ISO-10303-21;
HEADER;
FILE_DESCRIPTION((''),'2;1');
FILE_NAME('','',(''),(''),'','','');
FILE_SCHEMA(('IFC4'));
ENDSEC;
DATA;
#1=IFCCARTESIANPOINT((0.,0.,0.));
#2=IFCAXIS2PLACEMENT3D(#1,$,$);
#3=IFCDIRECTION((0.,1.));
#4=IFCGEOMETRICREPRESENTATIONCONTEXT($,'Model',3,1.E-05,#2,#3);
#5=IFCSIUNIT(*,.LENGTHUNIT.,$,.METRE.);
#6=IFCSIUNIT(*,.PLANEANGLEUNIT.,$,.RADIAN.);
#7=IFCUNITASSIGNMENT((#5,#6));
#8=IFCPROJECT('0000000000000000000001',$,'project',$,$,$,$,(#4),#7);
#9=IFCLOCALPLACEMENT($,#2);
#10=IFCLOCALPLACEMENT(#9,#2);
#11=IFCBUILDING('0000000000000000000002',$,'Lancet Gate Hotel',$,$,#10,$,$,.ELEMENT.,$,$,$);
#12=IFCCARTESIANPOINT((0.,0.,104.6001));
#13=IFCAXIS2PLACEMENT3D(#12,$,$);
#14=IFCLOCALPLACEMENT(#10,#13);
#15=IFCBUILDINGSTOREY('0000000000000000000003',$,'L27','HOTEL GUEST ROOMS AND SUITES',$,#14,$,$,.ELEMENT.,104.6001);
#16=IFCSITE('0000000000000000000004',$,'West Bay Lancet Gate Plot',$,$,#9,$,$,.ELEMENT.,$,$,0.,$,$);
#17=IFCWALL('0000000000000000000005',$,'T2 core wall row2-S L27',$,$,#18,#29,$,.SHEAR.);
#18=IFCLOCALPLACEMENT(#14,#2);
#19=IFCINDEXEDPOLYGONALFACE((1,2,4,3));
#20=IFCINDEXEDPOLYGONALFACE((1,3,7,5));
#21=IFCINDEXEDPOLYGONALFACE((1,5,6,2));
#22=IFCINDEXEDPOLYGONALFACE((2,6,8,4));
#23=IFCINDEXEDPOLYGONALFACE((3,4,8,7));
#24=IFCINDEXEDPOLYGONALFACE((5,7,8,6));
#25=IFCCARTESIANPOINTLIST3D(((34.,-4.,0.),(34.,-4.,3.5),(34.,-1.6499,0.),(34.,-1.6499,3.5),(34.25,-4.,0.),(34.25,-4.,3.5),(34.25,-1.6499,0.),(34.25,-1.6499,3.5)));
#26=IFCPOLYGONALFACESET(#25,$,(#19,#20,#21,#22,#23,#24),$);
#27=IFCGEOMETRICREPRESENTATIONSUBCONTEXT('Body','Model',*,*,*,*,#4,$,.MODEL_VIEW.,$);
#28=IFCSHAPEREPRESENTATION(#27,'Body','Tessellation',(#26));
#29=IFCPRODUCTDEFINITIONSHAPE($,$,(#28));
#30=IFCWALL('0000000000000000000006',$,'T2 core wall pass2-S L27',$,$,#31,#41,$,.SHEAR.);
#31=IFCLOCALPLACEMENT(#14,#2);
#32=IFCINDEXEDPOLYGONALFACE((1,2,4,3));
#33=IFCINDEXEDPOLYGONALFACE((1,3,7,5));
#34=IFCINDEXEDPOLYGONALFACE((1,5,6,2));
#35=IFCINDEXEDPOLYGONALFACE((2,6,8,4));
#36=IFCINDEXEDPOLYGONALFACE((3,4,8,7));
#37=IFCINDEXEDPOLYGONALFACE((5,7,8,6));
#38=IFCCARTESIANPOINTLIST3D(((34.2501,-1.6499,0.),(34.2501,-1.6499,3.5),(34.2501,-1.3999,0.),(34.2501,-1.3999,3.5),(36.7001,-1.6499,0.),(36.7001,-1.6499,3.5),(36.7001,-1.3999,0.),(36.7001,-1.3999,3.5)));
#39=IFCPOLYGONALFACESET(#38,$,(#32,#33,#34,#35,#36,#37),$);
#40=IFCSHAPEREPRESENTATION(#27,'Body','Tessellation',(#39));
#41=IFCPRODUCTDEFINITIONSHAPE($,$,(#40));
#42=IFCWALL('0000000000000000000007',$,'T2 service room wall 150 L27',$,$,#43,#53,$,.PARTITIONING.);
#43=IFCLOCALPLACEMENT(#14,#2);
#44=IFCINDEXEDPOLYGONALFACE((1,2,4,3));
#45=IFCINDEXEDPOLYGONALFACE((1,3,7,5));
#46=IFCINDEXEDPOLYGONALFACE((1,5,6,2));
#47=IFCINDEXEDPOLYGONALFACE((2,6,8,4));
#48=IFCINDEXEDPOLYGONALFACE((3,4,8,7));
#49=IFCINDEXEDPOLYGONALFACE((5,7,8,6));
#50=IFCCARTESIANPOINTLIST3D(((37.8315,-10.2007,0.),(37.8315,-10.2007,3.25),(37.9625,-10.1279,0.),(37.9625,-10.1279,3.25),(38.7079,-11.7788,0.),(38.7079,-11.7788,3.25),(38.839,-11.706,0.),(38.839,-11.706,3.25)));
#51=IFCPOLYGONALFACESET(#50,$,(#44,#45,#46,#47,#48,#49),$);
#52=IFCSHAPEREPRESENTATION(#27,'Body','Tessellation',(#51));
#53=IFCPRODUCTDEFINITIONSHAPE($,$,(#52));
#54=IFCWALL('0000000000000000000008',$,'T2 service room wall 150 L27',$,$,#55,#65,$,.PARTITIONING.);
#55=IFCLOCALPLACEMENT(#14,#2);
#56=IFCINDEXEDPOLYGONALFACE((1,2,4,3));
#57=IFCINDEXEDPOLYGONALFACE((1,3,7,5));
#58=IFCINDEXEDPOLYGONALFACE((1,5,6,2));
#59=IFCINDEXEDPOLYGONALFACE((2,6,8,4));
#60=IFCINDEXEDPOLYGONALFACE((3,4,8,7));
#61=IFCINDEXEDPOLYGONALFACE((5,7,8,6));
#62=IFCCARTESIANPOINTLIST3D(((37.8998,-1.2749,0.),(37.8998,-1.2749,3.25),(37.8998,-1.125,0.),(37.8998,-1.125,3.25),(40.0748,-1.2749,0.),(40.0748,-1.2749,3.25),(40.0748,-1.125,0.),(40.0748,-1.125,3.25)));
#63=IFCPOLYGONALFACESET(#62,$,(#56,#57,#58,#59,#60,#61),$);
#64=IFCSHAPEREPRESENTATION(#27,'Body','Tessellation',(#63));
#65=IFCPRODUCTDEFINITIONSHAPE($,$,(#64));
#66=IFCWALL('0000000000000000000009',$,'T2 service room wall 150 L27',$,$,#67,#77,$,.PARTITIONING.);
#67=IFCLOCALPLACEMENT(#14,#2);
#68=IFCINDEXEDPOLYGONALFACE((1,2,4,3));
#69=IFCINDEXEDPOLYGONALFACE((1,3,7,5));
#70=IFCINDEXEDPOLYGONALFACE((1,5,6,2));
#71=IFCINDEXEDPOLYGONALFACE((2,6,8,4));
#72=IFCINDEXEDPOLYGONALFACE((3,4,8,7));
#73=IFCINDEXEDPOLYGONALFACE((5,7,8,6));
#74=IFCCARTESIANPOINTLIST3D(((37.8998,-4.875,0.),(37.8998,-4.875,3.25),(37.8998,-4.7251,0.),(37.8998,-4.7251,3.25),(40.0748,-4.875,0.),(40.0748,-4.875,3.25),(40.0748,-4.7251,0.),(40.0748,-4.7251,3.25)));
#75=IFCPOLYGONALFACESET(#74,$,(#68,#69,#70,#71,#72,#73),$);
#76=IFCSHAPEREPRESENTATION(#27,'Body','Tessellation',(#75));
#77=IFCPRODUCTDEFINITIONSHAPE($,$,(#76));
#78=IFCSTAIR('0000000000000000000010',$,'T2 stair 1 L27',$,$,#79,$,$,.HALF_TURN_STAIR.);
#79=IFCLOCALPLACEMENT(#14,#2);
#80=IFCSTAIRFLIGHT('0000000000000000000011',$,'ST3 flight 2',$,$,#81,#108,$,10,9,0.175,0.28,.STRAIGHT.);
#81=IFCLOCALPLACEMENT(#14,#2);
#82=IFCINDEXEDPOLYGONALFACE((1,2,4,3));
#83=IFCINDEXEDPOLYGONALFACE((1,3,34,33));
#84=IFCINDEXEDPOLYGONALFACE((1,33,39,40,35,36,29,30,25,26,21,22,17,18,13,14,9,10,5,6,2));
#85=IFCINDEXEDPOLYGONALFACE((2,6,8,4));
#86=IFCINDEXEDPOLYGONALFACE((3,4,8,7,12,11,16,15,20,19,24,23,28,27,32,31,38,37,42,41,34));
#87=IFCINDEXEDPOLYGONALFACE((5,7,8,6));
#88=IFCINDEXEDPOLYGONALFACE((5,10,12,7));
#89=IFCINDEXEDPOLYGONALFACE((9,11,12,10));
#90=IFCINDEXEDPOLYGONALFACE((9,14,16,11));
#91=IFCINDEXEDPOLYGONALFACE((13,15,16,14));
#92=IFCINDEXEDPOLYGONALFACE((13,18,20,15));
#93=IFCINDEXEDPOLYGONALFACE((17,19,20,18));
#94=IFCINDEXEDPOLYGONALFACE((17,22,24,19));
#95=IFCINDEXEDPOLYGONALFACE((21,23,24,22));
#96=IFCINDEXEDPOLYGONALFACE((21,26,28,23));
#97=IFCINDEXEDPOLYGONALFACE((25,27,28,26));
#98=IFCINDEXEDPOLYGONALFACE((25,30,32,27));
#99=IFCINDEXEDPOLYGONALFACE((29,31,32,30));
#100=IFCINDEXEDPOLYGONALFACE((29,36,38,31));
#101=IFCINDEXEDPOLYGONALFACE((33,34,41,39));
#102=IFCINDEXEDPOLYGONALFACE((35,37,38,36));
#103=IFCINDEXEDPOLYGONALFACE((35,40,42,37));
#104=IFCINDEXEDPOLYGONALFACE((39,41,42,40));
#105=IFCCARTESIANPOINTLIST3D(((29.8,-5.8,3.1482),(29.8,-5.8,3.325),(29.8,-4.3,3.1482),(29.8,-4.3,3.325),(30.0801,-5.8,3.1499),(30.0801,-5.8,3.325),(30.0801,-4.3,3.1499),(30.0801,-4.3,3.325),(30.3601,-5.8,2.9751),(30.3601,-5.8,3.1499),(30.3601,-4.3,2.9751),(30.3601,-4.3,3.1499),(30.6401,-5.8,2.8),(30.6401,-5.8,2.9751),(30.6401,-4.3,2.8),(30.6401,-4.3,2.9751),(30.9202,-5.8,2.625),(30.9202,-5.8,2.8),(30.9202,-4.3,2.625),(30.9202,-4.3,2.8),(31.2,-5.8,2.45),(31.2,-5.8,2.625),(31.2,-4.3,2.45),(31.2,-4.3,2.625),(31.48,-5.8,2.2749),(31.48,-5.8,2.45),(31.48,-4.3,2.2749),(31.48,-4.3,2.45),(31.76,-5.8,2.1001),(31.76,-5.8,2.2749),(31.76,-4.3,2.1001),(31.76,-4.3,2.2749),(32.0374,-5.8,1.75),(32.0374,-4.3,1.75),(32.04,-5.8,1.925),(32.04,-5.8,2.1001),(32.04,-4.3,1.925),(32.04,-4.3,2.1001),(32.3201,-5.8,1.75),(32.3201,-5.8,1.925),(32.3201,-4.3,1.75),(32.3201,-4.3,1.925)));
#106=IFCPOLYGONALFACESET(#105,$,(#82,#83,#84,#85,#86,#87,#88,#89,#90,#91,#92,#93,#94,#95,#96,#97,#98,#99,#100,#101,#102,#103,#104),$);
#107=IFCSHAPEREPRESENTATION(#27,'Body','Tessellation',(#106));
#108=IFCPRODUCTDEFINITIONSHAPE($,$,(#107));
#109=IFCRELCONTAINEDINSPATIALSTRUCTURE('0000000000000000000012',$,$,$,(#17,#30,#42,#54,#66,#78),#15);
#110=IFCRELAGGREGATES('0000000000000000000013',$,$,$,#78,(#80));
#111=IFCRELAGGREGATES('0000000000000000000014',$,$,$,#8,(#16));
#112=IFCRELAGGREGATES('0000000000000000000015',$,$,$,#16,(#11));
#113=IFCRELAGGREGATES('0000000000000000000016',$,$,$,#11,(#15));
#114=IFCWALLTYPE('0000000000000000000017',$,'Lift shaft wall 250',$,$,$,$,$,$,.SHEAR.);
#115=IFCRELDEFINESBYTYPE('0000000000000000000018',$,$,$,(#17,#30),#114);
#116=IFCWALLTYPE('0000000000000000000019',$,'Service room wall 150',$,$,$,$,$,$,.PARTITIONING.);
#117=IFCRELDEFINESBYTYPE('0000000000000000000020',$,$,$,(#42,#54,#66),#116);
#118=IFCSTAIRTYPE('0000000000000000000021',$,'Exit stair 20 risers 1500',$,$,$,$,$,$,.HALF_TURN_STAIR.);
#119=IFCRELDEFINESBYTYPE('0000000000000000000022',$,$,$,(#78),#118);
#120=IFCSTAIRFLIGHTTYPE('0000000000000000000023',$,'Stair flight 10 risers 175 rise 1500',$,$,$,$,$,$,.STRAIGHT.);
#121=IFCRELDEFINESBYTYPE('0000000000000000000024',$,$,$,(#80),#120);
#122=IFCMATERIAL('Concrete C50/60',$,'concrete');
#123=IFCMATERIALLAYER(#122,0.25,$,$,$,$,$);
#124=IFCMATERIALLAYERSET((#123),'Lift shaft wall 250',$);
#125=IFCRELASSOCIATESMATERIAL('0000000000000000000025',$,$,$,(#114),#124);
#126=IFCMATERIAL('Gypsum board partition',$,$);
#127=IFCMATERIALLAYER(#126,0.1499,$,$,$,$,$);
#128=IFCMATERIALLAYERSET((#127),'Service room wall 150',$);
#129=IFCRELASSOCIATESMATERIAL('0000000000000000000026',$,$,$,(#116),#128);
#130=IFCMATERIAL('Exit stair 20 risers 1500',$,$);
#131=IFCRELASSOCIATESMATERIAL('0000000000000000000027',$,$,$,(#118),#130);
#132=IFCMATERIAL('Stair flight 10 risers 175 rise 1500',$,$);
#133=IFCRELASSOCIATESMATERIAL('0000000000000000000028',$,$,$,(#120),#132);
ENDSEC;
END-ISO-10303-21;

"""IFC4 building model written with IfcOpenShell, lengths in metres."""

from ifc_helpers import new_model, si_unit, direction, frame, frame_2d, origin, place, context, subcontext, project, spatial, polyline, rectangle, outline, extrude, material, layer, layer_set, type_object, element, aggregate, save


model = new_model("IFC4")

# Units and contexts
model_context = context("Model", 3, precision=1e-05, world=origin(), true_north=direction((0.0, 1.0)))
body_context = subcontext(model_context, "Body", "Model", "MODEL_VIEW")
ifc_project = project(units=[si_unit("LENGTHUNIT", "METRE"), si_unit("PLANEANGLEUNIT", "RADIAN")], contexts=[model_context])

# Site, building, storey
site_placement = place(None, origin())
site = spatial("IfcSite", under=ifc_project, at=site_placement, Name="West Bay Lancet Gate Plot", CompositionType="ELEMENT", RefElevation=0.0)
building_placement = place(site_placement, origin())
building = spatial("IfcBuilding", under=site, at=building_placement, Name="Lancet Gate Hotel", CompositionType="ELEMENT")
storey_placement = place(building_placement, frame((0.0, 0.0, 104.6001)))
storey = spatial("IfcBuildingStorey", under=building, at=storey_placement, Name="L27", Description="HOTEL GUEST ROOMS AND SUITES", CompositionType="ELEMENT", Elevation=104.6001)

# Shared definitions
ifc_material_1 = material(Name="Concrete C50/60", Category="concrete")
ifc_layer_1 = layer(ifc_material_1, 0.25)
ifc_layer_set_1 = layer_set([ifc_layer_1], Name="Lift shaft wall 250")
wall_type_1 = type_object("IfcWallType", Name="Lift shaft wall 250", PredefinedType="SHEAR", material=ifc_layer_set_1)

# Walls
wall_1_placement = place(storey_placement, frame((34.125, -4.0, 0.0), z_axis=(0.0, 0.0, 1.0), x_axis=(0.0, 1.0, 0.0)))
element("IfcWall", 1, at=wall_1_placement, inside=storey, type_object=wall_type_1, Name="T2 core wall row2-S L27", PredefinedType="SHEAR", context=body_context, shape_type="SweptSolid", body=[
    extrude(rectangle(XDim=2.3501, YDim=0.25, at=frame_2d((1.175, 0.0))), origin(), (0.0, 0.0, 1.0), 3.5),
])
wall_2_placement = place(storey_placement, frame((34.25, -1.5249, 0.0), z_axis=(0.0, 0.0, 1.0), x_axis=(1.0, 0.0, 0.0)))
element("IfcWall", 2, at=wall_2_placement, inside=storey, type_object=wall_type_1, Name="T2 core wall pass2-S L27", PredefinedType="SHEAR", context=body_context, shape_type="SweptSolid", body=[
    extrude(rectangle(XDim=2.45, YDim=0.25, at=frame_2d((1.2251, 0.0))), origin(), (0.0, 0.0, 1.0), 3.5),
])
ifc_material_2 = material(Name="Gypsum board partition")
ifc_layer_2 = layer(ifc_material_2, 0.1499)
ifc_layer_set_2 = layer_set([ifc_layer_2], Name="Service room wall 150")
wall_type_2 = type_object("IfcWallType", Name="Service room wall 150", PredefinedType="PARTITIONING", material=ifc_layer_set_2)
wall_3_placement = place(storey_placement, frame((38.7734, -11.7424, 0.0), z_axis=(0.0, 0.0, 1.0), x_axis=(-0.485528, 0.874221, 0.0)))
element("IfcWall", 3, at=wall_3_placement, inside=storey, type_object=wall_type_2, Name="T2 service room wall 150 L27", PredefinedType="PARTITIONING", context=body_context, shape_type="SweptSolid", body=[
    extrude(rectangle(XDim=1.8052, YDim=0.1499, at=frame_2d((0.9026, 0.0))), origin(), (0.0, 0.0, 1.0), 3.25),
])
for number, where, z_axis, x_axis, name in (
    (4, (37.8999, -1.2, 0.0), (0.0, 0.0, 1.0), (1.0, 0.0, 0.0), "T2 service room wall 150 L27"),
    (5, (37.8999, -4.8, 0.0), (0.0, 0.0, 1.0), (1.0, 0.0, 0.0), "T2 service room wall 150 L27"),
):
    element("IfcWall", number, at=place(storey_placement, frame(where, z_axis=z_axis, x_axis=x_axis)), inside=storey, type_object=wall_type_2, Name=name, PredefinedType="PARTITIONING", context=body_context, shape_type="SweptSolid", body=[
        extrude(rectangle(XDim=2.175, YDim=0.1499, at=frame_2d((1.0874, 0.0))), origin(), (0.0, 0.0, 1.0), 3.25),
    ])

# Stair, stair flight
ifc_material_3 = material(Name="Exit stair 20 risers 1500")
stair_type = type_object("IfcStairType", Name="Exit stair 20 risers 1500", PredefinedType="HALF_TURN_STAIR", material=ifc_material_3)
stair_placement = place(storey_placement, origin())
stair = element("IfcStair", 6, at=stair_placement, inside=storey, type_object=stair_type, Name="T2 stair 1 L27", PredefinedType="HALF_TURN_STAIR")
ifc_material_4 = material(Name="Stair flight 10 risers 175 rise 1500")
stair_flight_type = type_object("IfcStairFlightType", Name="Stair flight 10 risers 175 rise 1500", PredefinedType="STRAIGHT", material=ifc_material_4)
stair_flight_placement = place(storey_placement, frame((32.3201, -5.05, 1.75), z_axis=(0.0, 0.0, 1.0), x_axis=(-1.0, 0.0, 0.0)))
stair_flight = element("IfcStairFlight", 7, at=stair_flight_placement, type_object=stair_flight_type, Name="ST3 flight 2", NumberOfRisers=10, NumberOfTreads=9, PredefinedType="STRAIGHT", RiserHeight=0.175, TreadLength=0.28, context=body_context, shape_type="SweptSolid", body=[
    extrude(outline(polyline([(0.0, 0.0), (0.0, 0.175), (0.28, 0.175), (0.28, 0.3501), (0.5601, 0.3501), (0.5601, 0.5249), (0.8401, 0.5249), (0.8401, 0.7), (1.1201, 0.7), (1.1201, 0.875), (1.3999, 0.875), (1.3999, 1.05), (1.6799, 1.05), (1.6799, 1.2251), (1.96, 1.2251), (1.96, 1.3999), (2.24, 1.3999), (2.24, 1.575), (2.52, 1.575), (2.52, 1.75), (2.52, 1.3982), (0.2827, 0.0), (0.0, 0.0)])), frame((0.0, 0.75, 0.0), z_axis=(0.0, -1.0, 0.0), x_axis=(1.0, 0.0, 0.0)), (0.0, 0.0, 1.0), 1.5),
])
aggregate(stair, [stair_flight])

save(model, "model.ifc")
